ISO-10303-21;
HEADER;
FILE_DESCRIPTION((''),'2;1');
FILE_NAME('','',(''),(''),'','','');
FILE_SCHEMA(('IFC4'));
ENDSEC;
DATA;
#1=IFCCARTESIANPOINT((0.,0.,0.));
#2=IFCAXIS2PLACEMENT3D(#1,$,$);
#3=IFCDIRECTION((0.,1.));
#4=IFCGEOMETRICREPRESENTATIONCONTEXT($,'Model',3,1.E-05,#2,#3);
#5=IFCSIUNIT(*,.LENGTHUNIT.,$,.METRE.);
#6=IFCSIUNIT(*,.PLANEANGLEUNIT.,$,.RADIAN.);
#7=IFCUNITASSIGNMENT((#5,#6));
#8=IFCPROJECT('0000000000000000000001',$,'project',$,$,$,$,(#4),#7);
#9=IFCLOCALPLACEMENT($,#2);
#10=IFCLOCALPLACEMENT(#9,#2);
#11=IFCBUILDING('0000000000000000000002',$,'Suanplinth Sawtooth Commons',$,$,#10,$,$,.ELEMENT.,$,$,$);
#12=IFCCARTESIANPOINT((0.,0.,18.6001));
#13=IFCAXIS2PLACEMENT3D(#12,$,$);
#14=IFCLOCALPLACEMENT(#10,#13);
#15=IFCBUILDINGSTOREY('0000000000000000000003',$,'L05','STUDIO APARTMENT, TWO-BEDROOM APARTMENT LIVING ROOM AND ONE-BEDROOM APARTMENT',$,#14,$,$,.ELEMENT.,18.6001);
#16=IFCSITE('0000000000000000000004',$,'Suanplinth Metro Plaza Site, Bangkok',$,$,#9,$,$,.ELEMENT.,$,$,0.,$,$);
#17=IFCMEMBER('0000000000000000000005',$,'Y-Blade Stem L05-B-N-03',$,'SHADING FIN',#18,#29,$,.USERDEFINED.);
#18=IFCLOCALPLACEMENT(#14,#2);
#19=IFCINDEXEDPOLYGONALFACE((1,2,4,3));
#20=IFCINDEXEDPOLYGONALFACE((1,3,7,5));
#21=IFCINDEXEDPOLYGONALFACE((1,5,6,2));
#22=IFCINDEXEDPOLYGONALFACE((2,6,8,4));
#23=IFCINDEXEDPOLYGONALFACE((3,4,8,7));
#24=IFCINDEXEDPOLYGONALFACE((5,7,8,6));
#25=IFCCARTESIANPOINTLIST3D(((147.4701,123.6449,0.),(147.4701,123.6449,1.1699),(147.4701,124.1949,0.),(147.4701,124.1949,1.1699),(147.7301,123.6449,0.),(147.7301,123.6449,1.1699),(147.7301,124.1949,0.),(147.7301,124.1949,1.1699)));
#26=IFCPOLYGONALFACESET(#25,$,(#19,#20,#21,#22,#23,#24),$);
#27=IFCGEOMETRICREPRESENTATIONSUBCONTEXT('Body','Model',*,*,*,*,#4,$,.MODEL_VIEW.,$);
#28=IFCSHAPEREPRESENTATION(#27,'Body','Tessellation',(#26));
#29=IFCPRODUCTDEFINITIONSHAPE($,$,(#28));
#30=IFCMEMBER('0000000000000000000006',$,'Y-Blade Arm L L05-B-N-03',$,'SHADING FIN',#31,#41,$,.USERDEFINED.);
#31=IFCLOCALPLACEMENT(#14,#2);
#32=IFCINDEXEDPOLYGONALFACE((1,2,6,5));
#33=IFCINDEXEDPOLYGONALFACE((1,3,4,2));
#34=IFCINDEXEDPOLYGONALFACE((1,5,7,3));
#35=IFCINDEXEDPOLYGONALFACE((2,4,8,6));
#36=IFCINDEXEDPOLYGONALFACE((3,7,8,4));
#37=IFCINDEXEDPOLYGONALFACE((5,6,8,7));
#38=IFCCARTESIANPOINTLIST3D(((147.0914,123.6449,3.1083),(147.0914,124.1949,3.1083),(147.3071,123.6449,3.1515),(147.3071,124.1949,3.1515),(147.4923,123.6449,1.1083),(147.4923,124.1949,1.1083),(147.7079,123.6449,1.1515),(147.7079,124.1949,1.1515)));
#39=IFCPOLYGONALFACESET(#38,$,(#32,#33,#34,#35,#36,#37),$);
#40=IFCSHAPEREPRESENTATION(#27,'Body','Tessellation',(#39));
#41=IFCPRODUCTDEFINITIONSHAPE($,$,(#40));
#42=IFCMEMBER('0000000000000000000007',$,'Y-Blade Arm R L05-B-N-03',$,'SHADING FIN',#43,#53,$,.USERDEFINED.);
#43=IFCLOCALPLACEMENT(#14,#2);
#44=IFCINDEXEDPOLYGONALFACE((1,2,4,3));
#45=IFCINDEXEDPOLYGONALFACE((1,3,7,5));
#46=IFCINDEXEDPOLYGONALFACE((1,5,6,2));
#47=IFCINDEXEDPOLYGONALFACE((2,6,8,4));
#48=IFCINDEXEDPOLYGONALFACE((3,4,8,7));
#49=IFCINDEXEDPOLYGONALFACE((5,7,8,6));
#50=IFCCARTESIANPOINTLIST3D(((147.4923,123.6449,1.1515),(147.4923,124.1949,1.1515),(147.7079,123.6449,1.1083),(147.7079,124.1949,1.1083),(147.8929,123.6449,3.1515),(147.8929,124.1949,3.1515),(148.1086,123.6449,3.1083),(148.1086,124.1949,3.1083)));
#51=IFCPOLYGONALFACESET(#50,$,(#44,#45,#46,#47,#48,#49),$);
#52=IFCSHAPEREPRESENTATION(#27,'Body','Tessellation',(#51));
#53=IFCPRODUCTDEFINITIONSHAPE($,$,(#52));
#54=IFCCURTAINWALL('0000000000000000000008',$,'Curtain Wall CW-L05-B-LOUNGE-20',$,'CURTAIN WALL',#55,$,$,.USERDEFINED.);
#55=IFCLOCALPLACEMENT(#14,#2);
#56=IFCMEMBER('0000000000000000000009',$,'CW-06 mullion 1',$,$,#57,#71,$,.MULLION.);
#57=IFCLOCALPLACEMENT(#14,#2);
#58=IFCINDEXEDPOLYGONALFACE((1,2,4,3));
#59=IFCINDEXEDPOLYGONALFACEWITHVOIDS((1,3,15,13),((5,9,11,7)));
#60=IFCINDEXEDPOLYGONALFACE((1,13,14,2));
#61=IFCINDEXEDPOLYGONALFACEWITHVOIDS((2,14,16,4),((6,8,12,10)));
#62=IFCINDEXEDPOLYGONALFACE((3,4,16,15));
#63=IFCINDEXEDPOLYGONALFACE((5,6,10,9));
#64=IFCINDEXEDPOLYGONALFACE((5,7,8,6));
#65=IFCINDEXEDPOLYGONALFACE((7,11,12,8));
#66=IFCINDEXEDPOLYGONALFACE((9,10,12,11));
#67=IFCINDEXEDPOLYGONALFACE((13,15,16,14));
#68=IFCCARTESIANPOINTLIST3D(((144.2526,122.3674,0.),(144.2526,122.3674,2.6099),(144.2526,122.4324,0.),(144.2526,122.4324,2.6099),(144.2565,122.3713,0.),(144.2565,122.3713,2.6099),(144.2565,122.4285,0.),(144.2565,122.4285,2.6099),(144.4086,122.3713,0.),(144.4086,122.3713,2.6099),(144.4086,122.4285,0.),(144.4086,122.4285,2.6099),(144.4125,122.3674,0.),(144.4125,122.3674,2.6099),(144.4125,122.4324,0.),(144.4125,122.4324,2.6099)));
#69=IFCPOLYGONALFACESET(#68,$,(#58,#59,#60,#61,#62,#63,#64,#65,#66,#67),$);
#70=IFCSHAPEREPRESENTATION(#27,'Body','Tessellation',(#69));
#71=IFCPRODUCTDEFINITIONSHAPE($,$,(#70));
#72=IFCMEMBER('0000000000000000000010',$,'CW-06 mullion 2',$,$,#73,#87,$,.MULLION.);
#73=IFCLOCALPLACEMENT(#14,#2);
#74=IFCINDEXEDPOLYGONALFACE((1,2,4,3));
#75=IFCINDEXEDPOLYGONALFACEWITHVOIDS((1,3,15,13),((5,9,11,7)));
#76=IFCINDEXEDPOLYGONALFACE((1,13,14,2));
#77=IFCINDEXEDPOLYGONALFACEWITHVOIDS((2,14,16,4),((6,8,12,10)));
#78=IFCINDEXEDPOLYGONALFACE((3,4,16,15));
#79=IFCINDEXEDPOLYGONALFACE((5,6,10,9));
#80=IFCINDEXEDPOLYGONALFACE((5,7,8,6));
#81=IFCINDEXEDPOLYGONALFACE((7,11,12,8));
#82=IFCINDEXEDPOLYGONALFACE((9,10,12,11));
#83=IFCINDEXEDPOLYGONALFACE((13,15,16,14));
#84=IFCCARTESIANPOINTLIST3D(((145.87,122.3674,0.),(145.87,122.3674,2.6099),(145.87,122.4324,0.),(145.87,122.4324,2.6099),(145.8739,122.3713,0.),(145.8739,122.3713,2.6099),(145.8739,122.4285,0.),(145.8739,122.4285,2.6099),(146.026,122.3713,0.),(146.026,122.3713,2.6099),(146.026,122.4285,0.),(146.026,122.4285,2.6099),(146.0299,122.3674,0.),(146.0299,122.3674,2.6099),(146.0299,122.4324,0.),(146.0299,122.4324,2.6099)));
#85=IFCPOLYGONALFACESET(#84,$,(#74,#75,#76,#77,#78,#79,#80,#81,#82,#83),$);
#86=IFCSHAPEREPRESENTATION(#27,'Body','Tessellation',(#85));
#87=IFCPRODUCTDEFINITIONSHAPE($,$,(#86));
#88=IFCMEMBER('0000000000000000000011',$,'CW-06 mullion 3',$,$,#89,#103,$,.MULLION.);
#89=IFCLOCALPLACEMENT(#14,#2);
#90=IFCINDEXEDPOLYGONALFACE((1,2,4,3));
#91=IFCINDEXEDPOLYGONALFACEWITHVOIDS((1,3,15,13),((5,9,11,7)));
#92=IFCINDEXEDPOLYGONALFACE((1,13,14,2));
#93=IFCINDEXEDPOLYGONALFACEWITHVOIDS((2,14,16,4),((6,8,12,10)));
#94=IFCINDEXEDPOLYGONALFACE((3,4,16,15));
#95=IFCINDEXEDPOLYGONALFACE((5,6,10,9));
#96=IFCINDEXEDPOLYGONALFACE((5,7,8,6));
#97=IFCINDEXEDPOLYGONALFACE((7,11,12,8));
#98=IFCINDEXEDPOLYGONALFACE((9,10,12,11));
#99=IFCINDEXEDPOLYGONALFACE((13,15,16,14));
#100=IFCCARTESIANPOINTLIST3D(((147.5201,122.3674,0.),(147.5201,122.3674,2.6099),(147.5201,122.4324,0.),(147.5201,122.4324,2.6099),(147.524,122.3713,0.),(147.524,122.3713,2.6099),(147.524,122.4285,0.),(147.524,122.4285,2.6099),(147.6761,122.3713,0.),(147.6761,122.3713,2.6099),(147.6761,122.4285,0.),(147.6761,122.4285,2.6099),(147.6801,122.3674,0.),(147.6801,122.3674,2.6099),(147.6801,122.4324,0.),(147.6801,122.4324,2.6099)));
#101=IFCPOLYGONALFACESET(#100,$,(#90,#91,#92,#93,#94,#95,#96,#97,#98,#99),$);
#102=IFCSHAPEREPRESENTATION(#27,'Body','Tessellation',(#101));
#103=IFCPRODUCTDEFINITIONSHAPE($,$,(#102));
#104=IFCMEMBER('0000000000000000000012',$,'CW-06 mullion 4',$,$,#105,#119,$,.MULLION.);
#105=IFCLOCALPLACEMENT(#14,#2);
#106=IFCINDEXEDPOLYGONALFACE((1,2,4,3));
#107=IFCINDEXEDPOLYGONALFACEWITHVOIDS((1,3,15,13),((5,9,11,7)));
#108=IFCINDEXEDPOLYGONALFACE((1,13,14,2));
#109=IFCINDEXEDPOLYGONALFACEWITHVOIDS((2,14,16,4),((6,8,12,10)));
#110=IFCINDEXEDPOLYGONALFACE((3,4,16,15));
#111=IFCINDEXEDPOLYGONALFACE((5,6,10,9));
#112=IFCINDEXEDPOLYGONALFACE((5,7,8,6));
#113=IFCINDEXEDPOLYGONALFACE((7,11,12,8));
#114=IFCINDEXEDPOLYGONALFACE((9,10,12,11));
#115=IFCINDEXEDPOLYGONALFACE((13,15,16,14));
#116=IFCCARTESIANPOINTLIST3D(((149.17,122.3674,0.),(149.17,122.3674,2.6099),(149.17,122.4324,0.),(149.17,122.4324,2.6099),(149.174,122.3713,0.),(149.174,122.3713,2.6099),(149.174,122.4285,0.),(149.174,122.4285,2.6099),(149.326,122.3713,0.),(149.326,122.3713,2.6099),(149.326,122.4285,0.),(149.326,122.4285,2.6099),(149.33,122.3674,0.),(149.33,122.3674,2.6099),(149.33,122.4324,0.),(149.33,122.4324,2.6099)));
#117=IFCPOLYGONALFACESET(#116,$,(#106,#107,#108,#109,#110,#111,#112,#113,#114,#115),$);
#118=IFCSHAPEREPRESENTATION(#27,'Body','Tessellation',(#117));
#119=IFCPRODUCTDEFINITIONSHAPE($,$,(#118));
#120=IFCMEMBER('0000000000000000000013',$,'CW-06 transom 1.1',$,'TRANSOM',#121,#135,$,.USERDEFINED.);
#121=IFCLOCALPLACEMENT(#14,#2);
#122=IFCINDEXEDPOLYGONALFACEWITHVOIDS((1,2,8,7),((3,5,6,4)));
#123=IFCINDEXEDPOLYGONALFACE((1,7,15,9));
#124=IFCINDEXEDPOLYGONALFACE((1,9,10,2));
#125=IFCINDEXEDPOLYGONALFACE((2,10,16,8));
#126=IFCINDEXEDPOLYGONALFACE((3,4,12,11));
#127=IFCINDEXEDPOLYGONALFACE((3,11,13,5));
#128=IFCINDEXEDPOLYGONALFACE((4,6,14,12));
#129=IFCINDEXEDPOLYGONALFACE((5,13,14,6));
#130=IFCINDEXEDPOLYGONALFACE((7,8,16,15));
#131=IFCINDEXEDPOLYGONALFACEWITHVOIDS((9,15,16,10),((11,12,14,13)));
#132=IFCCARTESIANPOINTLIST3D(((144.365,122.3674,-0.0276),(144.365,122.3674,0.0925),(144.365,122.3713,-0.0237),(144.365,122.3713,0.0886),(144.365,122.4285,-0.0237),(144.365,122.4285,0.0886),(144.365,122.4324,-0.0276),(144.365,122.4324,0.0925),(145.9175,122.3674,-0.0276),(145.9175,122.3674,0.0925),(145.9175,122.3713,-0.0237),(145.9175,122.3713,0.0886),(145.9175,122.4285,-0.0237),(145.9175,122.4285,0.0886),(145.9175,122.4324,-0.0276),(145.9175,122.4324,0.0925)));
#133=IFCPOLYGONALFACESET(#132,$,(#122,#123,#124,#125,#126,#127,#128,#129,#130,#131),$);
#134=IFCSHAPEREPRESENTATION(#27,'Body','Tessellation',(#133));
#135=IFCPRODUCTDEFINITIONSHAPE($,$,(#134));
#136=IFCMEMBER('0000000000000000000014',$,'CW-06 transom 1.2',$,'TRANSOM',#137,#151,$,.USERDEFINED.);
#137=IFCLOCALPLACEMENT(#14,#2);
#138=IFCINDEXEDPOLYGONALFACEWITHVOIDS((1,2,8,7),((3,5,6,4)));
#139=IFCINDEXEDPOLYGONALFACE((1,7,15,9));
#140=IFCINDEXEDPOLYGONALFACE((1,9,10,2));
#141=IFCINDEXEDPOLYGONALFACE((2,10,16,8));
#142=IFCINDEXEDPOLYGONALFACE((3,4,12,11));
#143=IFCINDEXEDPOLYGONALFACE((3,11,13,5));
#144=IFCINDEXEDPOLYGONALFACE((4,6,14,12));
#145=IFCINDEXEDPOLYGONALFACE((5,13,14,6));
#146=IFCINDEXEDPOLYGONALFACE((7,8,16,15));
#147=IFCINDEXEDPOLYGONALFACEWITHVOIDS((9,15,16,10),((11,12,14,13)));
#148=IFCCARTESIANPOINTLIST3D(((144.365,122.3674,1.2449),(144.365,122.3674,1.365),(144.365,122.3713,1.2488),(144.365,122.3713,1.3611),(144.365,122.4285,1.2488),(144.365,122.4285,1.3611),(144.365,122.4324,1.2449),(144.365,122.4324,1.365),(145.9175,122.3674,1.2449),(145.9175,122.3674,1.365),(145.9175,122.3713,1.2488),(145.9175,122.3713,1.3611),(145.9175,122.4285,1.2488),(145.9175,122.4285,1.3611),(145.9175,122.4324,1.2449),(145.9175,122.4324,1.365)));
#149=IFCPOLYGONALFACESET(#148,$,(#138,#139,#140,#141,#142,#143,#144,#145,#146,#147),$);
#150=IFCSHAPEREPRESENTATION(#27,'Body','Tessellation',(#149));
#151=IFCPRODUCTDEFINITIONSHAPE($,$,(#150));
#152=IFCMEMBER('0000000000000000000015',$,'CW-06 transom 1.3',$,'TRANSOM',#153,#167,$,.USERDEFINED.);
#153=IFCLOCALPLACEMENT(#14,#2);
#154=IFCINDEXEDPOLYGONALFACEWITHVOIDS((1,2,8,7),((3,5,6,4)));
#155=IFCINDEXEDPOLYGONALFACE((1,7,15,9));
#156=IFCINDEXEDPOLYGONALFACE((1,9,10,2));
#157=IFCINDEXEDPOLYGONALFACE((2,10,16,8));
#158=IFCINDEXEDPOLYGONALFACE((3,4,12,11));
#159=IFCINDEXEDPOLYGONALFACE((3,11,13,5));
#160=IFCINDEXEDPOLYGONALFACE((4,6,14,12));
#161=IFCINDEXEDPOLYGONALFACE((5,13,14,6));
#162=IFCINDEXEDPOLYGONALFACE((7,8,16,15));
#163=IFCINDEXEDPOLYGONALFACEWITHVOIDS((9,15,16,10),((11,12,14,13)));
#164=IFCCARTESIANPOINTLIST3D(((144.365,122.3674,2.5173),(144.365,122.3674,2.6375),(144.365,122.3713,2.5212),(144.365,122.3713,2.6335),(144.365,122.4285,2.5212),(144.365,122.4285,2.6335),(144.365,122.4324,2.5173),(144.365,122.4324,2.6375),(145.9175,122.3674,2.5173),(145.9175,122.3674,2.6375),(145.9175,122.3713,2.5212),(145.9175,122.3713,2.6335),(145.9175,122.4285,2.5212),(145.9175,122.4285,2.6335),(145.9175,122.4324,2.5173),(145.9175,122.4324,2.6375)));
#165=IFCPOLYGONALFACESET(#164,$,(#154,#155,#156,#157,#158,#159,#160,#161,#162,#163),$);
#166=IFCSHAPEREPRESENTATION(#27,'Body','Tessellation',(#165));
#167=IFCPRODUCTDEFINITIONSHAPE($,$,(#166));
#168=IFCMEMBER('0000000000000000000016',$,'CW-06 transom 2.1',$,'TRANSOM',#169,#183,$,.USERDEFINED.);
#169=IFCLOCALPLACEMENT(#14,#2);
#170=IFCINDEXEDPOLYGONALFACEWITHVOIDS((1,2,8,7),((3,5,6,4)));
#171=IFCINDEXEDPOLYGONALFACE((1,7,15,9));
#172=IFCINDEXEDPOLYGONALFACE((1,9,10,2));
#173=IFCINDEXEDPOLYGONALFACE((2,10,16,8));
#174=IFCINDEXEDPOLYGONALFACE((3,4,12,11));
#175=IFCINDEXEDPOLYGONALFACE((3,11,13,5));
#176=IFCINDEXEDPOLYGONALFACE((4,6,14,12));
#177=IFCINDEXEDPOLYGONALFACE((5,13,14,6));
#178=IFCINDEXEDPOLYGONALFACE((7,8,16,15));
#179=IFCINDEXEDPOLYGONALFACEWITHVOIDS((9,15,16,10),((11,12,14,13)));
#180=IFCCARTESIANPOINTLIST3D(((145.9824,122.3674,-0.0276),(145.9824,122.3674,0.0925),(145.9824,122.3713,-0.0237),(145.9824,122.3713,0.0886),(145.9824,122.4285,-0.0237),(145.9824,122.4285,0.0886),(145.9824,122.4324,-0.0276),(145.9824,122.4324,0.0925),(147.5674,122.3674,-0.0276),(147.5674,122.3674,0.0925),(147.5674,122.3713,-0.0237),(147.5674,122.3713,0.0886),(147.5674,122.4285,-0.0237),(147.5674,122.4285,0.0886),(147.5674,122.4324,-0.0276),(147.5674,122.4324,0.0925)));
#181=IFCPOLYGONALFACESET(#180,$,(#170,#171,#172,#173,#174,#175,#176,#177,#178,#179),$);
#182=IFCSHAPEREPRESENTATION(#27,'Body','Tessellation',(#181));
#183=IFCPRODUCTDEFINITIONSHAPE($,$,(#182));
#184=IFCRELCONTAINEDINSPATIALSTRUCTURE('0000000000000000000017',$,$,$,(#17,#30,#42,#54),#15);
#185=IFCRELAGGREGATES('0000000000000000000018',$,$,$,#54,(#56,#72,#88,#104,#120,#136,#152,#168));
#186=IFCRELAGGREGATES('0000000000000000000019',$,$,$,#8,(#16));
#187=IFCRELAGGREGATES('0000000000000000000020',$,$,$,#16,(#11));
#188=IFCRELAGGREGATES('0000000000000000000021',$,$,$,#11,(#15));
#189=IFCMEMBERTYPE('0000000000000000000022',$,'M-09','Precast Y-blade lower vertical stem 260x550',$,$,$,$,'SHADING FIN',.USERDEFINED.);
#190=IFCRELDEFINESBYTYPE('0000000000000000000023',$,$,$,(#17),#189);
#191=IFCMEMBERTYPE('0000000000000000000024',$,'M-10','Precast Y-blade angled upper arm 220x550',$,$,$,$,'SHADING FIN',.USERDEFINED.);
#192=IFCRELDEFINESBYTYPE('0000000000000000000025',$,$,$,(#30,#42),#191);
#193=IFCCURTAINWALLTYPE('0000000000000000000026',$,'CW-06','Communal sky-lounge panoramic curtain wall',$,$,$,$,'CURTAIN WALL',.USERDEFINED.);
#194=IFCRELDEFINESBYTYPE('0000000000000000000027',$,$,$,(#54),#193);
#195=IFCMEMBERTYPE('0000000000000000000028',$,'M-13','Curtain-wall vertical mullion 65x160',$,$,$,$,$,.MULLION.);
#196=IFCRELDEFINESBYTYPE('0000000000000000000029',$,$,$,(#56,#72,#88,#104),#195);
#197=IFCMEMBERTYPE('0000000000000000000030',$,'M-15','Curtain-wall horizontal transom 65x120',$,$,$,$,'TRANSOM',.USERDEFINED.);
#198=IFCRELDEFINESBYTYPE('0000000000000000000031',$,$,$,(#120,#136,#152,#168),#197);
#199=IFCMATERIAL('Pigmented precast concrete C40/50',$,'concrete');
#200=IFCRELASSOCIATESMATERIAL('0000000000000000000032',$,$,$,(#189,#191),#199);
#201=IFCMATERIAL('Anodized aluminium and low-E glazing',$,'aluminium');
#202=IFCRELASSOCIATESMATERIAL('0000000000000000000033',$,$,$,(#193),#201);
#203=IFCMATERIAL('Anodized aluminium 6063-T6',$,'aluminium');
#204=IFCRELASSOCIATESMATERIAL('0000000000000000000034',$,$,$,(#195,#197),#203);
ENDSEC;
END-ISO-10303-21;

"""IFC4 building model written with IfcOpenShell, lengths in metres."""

from ifc_helpers import new_model, si_unit, direction, frame, origin, origin_2d, place, context, subcontext, project, spatial, rectangle, hollow_rectangle, extrude, material, material_profile, profile_set, type_object, element, aggregate, save


model = new_model("IFC4")

# Units and contexts
model_context = context("Model", 3, precision=1e-05, world=origin(), true_north=direction((0.0, 1.0)))
body_context = subcontext(model_context, "Body", "Model", "MODEL_VIEW")
ifc_project = project(units=[si_unit("LENGTHUNIT", "METRE"), si_unit("PLANEANGLEUNIT", "RADIAN")], contexts=[model_context])

# Site, building, storey
site_placement = place(None, origin())
site = spatial("IfcSite", under=ifc_project, at=site_placement, Name="Suanplinth Metro Plaza Site, Bangkok", CompositionType="ELEMENT", RefElevation=0.0)
building_placement = place(site_placement, origin())
building = spatial("IfcBuilding", under=site, at=building_placement, Name="Suanplinth Sawtooth Commons", CompositionType="ELEMENT")
storey_placement = place(building_placement, frame((0.0, 0.0, 18.6001)))
storey = spatial("IfcBuildingStorey", under=building, at=storey_placement, Name="L05", Description="STUDIO APARTMENT, TWO-BEDROOM APARTMENT LIVING ROOM AND ONE-BEDROOM APARTMENT", CompositionType="ELEMENT", Elevation=18.6001)

# Members
ifc_material_1 = material(Name="Pigmented precast concrete C40/50", Category="concrete")
ifc_material_profile_1 = material_profile(ifc_material_1, rectangle(XDim=0.26, YDim=0.55, at=origin_2d()), Name="PC-FIN 260x550")
ifc_profile_set_1 = profile_set([ifc_material_profile_1], Name="Pigmented precast concrete C40/50")
member_type_1 = type_object("IfcMemberType", Name="M-09", Description="Precast Y-blade lower vertical stem 260x550", ElementType="SHADING FIN", PredefinedType="USERDEFINED", material=ifc_profile_set_1)
member_1_placement = place(storey_placement, frame((147.6001, 123.9199, 0.0), z_axis=(0.0, 0.0, 1.0), x_axis=(1.0, 0.0, 0.0)))
element("IfcMember", 1, at=member_1_placement, inside=storey, type_object=member_type_1, Name="Y-Blade Stem L05-B-N-03", ObjectType="SHADING FIN", PredefinedType="USERDEFINED", context=body_context, shape_type="SweptSolid", body=[
    extrude(rectangle(XDim=0.26, YDim=0.55, at=origin_2d()), origin(), (0.0, 0.0, 1.0), 1.1699),
])
ifc_material_profile_2 = material_profile(ifc_material_1, rectangle(XDim=0.22, YDim=0.55, at=origin_2d()), Name="PC-FIN 220x550")
ifc_profile_set_2 = profile_set([ifc_material_profile_2], Name="Pigmented precast concrete C40/50")
member_type_2 = type_object("IfcMemberType", Name="M-10", Description="Precast Y-blade angled upper arm 220x550", ElementType="SHADING FIN", PredefinedType="USERDEFINED", material=ifc_profile_set_2)
for number, where, z_axis, x_axis, name in (
    (2, (147.6001, 123.9199, 1.1299), (-0.19653, 0.0, 0.980498), (0.980498, 0.0, 0.19653), "Y-Blade Arm L L05-B-N-03"),
    (3, (147.6001, 123.9199, 1.1299), (0.196415, 0.0, 0.980521), (-0.980521, 0.0, 0.196415), "Y-Blade Arm R L05-B-N-03"),
):
    element("IfcMember", number, at=place(storey_placement, frame(where, z_axis=z_axis, x_axis=x_axis)), inside=storey, type_object=member_type_2, Name=name, ObjectType="SHADING FIN", PredefinedType="USERDEFINED", context=body_context, shape_type="SweptSolid", body=[
        extrude(rectangle(XDim=0.22, YDim=0.55, at=origin_2d()), origin(), (0.0, 0.0, 1.0), 2.0398),
    ])

# Curtain wall, members
ifc_material_2 = material(Name="Anodized aluminium and low-E glazing", Category="aluminium")
curtain_wall_type = type_object("IfcCurtainWallType", Name="CW-06", Description="Communal sky-lounge panoramic curtain wall", ElementType="CURTAIN WALL", PredefinedType="USERDEFINED", material=ifc_material_2)
curtain_wall_placement = place(storey_placement, origin())
curtain_wall = element("IfcCurtainWall", 4, at=curtain_wall_placement, inside=storey, type_object=curtain_wall_type, Name="Curtain Wall CW-L05-B-LOUNGE-20", ObjectType="CURTAIN WALL", PredefinedType="USERDEFINED")
ifc_material_3 = material(Name="Anodized aluminium 6063-T6", Category="aluminium")
ifc_material_profile_3 = material_profile(ifc_material_3, hollow_rectangle(XDim=0.0649, YDim=0.1599, WallThickness=0.0039, at=origin_2d()), Name="ALU-MUL 65x160")
ifc_profile_set_3 = profile_set([ifc_material_profile_3], Name="Anodized aluminium 6063-T6")
member_type_3 = type_object("IfcMemberType", Name="M-13", Description="Curtain-wall vertical mullion 65x160", PredefinedType="MULLION", material=ifc_profile_set_3)
member_2_placement = place(storey_placement, frame((144.3325, 122.3999, 0.0), z_axis=(0.0, 0.0, 1.0), x_axis=(0.0, 1.0, 0.0)))
member_2 = element("IfcMember", 5, at=member_2_placement, type_object=member_type_3, Name="CW-06 mullion 1", PredefinedType="MULLION", context=body_context, shape_type="SweptSolid", body=[
    extrude(hollow_rectangle(XDim=0.0649, YDim=0.1599, WallThickness=0.0039, at=origin_2d()), origin(), (0.0, 0.0, 1.0), 2.6099),
])
member_3_placement = place(storey_placement, frame((145.95, 122.3999, 0.0), z_axis=(0.0, 0.0, 1.0), x_axis=(0.0, 1.0, 0.0)))
member_3 = element("IfcMember", 6, at=member_3_placement, type_object=member_type_3, Name="CW-06 mullion 2", PredefinedType="MULLION", context=body_context, shape_type="SweptSolid", body=[
    extrude(hollow_rectangle(XDim=0.0649, YDim=0.1599, WallThickness=0.0039, at=origin_2d()), origin(), (0.0, 0.0, 1.0), 2.6099),
])
member_4_placement = place(storey_placement, frame((147.6001, 122.3999, 0.0), z_axis=(0.0, 0.0, 1.0), x_axis=(0.0, 1.0, 0.0)))
member_4 = element("IfcMember", 7, at=member_4_placement, type_object=member_type_3, Name="CW-06 mullion 3", PredefinedType="MULLION", context=body_context, shape_type="SweptSolid", body=[
    extrude(hollow_rectangle(XDim=0.0649, YDim=0.1599, WallThickness=0.0039, at=origin_2d()), origin(), (0.0, 0.0, 1.0), 2.6099),
])
member_5_placement = place(storey_placement, frame((149.25, 122.3999, 0.0), z_axis=(0.0, 0.0, 1.0), x_axis=(0.0, 1.0, 0.0)))
member_5 = element("IfcMember", 8, at=member_5_placement, type_object=member_type_3, Name="CW-06 mullion 4", PredefinedType="MULLION", context=body_context, shape_type="SweptSolid", body=[
    extrude(hollow_rectangle(XDim=0.0649, YDim=0.1599, WallThickness=0.0039, at=origin_2d()), origin(), (0.0, 0.0, 1.0), 2.6099),
])
ifc_material_profile_4 = material_profile(ifc_material_3, hollow_rectangle(XDim=0.0649, YDim=0.1201, WallThickness=0.0039, at=origin_2d()), Name="ALU-TRN 65x120")
ifc_profile_set_4 = profile_set([ifc_material_profile_4], Name="Anodized aluminium 6063-T6")
member_type_4 = type_object("IfcMemberType", Name="M-15", Description="Curtain-wall horizontal transom 65x120", ElementType="TRANSOM", PredefinedType="USERDEFINED", material=ifc_profile_set_4)
member_6_placement = place(storey_placement, frame((144.365, 122.3999, 0.0325), z_axis=(1.0, 0.0, 0.0), x_axis=(0.0, 1.0, 0.0)))
member_6 = element("IfcMember", 9, at=member_6_placement, type_object=member_type_4, Name="CW-06 transom 1.1", ObjectType="TRANSOM", PredefinedType="USERDEFINED", context=body_context, shape_type="SweptSolid", body=[
    extrude(hollow_rectangle(XDim=0.0649, YDim=0.1201, WallThickness=0.0039, at=origin_2d()), origin(), (0.0, 0.0, 1.0), 1.5525),
])
member_7_placement = place(storey_placement, frame((144.365, 122.3999, 1.3049), z_axis=(1.0, 0.0, 0.0), x_axis=(0.0, 1.0, 0.0)))
member_7 = element("IfcMember", 10, at=member_7_placement, type_object=member_type_4, Name="CW-06 transom 1.2", ObjectType="TRANSOM", PredefinedType="USERDEFINED", context=body_context, shape_type="SweptSolid", body=[
    extrude(hollow_rectangle(XDim=0.0649, YDim=0.1201, WallThickness=0.0039, at=origin_2d()), origin(), (0.0, 0.0, 1.0), 1.5525),
])
member_8_placement = place(storey_placement, frame((144.365, 122.3999, 2.5774), z_axis=(1.0, 0.0, 0.0), x_axis=(0.0, 1.0, 0.0)))
member_8 = element("IfcMember", 11, at=member_8_placement, type_object=member_type_4, Name="CW-06 transom 1.3", ObjectType="TRANSOM", PredefinedType="USERDEFINED", context=body_context, shape_type="SweptSolid", body=[
    extrude(hollow_rectangle(XDim=0.0649, YDim=0.1201, WallThickness=0.0039, at=origin_2d()), origin(), (0.0, 0.0, 1.0), 1.5525),
])
member_9_placement = place(storey_placement, frame((145.9824, 122.3999, 0.0325), z_axis=(1.0, 0.0, 0.0), x_axis=(0.0, 1.0, 0.0)))
member_9 = element("IfcMember", 12, at=member_9_placement, type_object=member_type_4, Name="CW-06 transom 2.1", ObjectType="TRANSOM", PredefinedType="USERDEFINED", context=body_context, shape_type="SweptSolid", body=[
    extrude(hollow_rectangle(XDim=0.0649, YDim=0.1201, WallThickness=0.0039, at=origin_2d()), origin(), (0.0, 0.0, 1.0), 1.585),
])

aggregate(curtain_wall, [member_2, member_3, member_4, member_5, member_6, member_7, member_8, member_9])

save(model, "model.ifc")
